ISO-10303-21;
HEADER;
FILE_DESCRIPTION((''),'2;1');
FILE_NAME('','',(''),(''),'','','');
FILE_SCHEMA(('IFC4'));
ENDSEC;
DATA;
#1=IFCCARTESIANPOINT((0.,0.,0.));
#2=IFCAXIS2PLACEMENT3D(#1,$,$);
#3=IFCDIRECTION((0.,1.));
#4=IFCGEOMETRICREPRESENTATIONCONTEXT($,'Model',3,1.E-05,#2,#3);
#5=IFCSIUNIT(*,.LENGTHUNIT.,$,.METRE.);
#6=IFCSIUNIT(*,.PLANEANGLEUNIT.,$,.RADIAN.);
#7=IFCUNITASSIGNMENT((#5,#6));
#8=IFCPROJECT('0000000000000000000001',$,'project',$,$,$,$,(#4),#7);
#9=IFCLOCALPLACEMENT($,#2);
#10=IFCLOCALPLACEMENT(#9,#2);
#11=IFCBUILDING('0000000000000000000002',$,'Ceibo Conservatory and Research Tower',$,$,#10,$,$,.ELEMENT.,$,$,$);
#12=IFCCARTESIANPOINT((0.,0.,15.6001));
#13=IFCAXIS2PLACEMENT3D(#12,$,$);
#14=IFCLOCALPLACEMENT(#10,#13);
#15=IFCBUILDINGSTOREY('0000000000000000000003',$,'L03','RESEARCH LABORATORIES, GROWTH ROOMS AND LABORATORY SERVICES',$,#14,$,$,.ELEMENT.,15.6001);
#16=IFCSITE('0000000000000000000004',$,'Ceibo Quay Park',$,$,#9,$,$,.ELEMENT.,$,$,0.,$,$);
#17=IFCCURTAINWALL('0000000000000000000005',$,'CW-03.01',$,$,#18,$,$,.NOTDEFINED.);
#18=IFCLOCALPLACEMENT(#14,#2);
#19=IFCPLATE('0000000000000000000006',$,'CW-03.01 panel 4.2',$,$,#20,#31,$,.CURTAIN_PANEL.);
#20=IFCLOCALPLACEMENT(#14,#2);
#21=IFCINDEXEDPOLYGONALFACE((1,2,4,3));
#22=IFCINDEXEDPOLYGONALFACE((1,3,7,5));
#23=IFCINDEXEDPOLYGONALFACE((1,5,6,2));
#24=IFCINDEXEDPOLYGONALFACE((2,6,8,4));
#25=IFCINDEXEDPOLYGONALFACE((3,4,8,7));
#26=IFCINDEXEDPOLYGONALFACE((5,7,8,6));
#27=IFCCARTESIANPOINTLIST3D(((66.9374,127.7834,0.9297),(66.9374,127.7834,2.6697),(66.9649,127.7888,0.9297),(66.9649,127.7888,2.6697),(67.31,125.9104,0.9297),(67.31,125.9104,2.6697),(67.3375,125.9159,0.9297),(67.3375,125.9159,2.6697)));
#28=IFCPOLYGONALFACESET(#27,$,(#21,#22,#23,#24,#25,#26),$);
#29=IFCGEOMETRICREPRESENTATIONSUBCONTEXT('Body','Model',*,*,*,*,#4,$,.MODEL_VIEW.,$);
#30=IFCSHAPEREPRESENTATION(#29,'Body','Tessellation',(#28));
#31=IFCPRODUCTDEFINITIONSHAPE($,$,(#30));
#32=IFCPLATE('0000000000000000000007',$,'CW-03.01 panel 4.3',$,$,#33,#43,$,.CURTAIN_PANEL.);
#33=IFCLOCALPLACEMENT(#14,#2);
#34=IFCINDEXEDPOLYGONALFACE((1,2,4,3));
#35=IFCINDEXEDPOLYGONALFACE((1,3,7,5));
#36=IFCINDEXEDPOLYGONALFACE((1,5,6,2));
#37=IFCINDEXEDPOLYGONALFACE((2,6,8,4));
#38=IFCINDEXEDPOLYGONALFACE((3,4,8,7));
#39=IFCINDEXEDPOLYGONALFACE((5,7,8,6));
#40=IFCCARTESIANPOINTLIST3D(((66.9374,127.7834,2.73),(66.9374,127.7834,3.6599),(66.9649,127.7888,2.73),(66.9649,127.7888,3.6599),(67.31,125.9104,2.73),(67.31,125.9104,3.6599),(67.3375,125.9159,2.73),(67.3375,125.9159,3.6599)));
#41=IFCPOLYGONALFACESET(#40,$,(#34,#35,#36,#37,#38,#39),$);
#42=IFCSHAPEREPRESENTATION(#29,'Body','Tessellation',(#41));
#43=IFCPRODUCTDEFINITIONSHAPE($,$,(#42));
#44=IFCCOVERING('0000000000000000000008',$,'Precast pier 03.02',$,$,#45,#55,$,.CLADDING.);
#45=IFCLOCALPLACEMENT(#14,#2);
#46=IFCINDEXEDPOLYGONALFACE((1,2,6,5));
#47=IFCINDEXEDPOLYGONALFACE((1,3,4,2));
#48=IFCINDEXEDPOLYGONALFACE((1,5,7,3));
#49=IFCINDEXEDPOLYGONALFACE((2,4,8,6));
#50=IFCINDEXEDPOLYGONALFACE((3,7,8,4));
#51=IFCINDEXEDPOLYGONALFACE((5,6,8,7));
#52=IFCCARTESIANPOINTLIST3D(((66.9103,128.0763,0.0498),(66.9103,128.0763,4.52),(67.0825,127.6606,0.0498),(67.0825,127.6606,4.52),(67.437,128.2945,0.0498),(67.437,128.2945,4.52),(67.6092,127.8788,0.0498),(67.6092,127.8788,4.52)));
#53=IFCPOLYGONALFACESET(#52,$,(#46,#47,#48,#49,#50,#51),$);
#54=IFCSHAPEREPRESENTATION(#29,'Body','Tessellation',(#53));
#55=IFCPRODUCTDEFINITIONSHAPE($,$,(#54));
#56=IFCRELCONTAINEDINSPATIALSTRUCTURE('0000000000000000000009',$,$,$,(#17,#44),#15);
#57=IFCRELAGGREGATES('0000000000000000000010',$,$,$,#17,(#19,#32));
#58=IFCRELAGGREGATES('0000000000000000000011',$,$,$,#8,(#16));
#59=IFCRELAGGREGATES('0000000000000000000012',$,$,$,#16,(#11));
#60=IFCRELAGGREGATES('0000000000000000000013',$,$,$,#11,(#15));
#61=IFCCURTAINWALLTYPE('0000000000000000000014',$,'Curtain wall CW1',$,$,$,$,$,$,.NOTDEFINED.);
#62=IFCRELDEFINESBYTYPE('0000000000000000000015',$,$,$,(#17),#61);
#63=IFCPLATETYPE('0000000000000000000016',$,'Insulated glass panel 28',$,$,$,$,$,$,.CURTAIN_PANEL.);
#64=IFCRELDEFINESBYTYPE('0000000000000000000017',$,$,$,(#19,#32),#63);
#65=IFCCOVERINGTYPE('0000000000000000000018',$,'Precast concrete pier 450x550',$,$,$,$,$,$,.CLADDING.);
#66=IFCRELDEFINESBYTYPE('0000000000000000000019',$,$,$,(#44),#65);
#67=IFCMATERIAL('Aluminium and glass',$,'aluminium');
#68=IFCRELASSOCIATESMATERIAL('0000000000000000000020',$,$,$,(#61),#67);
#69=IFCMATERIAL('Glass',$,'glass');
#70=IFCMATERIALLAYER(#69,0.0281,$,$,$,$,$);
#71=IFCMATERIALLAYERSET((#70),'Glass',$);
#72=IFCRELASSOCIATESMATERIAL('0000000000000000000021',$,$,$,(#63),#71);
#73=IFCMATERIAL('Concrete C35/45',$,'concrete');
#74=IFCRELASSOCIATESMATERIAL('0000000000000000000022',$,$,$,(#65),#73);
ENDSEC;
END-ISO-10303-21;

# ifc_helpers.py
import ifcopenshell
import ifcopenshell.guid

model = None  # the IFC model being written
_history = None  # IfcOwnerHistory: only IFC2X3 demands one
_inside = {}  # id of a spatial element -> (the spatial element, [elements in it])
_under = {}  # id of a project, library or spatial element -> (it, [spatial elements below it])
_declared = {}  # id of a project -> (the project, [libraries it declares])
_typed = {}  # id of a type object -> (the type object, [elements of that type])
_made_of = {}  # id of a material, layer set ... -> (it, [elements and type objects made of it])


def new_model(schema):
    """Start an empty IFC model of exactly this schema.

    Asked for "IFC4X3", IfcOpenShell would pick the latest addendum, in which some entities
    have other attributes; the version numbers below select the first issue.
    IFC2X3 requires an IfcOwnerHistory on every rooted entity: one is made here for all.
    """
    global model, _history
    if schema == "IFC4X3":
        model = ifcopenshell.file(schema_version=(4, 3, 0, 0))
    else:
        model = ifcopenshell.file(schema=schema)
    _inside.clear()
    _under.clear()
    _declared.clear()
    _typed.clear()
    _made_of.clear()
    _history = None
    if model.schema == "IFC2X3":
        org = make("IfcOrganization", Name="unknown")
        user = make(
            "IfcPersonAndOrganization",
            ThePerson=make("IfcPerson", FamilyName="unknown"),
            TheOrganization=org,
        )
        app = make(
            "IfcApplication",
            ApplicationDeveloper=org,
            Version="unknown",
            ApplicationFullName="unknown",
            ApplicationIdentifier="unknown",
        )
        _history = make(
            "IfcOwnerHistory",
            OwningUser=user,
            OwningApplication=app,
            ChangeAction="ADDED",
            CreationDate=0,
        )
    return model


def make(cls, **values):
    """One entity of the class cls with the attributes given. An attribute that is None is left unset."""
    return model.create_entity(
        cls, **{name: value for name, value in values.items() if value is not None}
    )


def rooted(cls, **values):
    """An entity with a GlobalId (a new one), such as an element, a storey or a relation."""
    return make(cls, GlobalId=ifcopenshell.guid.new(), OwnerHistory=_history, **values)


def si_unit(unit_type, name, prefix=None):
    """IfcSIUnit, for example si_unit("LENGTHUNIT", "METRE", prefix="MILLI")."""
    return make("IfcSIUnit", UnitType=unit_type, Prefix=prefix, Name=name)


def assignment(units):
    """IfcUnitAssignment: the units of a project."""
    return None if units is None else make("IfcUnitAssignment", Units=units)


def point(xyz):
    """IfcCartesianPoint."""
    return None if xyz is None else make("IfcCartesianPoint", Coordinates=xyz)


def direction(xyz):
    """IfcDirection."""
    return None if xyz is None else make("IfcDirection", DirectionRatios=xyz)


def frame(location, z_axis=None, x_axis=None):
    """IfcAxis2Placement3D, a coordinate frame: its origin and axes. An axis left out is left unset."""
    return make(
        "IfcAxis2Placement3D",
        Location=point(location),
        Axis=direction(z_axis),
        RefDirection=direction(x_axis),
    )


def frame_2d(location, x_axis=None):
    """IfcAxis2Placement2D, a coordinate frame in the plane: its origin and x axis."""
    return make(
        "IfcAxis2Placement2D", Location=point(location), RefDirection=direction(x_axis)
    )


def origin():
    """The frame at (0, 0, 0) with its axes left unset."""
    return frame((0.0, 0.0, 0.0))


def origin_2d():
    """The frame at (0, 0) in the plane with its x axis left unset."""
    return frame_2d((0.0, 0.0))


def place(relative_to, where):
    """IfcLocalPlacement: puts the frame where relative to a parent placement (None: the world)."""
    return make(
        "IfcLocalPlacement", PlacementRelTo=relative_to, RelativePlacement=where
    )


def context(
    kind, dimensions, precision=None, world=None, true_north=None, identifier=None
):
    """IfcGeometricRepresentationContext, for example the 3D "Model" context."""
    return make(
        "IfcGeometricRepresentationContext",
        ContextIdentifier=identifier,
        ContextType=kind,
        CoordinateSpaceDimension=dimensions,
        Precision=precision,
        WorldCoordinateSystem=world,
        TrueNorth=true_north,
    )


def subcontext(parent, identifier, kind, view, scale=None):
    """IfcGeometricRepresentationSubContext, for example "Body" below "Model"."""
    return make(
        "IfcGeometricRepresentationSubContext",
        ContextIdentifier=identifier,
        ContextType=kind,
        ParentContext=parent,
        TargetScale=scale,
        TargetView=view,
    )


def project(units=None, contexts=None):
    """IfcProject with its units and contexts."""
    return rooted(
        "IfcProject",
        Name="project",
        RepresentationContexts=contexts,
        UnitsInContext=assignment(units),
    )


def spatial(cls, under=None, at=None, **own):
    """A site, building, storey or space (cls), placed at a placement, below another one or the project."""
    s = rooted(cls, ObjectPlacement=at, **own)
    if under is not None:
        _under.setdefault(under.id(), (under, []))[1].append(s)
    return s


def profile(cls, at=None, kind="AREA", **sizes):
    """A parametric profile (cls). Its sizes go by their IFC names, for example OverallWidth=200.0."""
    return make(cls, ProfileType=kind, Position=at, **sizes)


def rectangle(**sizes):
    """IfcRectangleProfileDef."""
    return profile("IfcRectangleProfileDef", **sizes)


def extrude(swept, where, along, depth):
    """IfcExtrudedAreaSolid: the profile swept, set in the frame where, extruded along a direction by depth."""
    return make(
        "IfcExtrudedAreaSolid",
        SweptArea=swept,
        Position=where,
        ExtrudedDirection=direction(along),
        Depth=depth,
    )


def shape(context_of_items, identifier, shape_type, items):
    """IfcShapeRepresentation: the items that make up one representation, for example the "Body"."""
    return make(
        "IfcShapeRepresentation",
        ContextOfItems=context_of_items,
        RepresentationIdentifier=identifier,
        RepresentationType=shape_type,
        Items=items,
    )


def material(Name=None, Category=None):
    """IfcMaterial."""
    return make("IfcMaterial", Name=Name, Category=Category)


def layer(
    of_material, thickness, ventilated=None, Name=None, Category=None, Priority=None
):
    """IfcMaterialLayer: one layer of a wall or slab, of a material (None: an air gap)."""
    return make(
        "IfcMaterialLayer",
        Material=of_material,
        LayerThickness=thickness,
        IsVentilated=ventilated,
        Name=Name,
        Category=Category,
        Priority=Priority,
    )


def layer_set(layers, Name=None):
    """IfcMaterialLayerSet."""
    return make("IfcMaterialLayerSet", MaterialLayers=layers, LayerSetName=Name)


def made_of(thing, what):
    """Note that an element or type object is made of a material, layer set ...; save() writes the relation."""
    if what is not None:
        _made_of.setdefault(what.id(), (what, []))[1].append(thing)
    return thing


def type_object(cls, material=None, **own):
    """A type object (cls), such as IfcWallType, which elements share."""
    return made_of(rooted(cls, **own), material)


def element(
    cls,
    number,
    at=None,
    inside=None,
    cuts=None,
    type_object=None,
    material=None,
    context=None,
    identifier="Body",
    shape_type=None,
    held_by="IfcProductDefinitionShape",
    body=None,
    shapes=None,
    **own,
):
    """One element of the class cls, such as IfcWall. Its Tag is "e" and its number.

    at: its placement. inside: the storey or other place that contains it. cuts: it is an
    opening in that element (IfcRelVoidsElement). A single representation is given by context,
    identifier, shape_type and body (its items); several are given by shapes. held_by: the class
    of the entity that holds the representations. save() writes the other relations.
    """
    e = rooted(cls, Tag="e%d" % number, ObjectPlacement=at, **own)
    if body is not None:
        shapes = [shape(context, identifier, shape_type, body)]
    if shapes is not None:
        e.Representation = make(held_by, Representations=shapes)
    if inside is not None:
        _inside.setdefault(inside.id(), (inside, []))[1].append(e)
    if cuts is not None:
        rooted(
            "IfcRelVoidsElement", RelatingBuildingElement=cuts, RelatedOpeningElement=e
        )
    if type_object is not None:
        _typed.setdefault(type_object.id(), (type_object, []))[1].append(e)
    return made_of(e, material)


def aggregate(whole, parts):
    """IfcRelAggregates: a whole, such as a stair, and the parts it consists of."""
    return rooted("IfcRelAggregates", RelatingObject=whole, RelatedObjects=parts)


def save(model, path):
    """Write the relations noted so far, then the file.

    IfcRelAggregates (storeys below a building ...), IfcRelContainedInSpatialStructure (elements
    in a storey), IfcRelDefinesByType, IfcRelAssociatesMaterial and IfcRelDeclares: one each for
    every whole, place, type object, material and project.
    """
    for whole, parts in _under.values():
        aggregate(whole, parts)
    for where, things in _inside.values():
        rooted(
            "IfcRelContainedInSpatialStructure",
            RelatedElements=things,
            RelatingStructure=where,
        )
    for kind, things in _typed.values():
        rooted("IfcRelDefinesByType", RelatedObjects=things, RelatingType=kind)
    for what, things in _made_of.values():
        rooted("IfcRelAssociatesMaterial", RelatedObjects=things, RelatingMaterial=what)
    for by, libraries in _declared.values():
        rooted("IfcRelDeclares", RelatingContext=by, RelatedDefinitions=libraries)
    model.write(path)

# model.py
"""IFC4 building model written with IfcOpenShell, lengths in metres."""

from ifc_helpers import new_model, si_unit, direction, frame, origin, origin_2d, place, context, subcontext, project, spatial, rectangle, extrude, material, layer, layer_set, type_object, element, aggregate, save


model = new_model("IFC4")

# Units and contexts
model_context = context("Model", 3, precision=1e-05, world=origin(), true_north=direction((0.0, 1.0)))
body_context = subcontext(model_context, "Body", "Model", "MODEL_VIEW")
ifc_project = project(units=[si_unit("LENGTHUNIT", "METRE"), si_unit("PLANEANGLEUNIT", "RADIAN")], contexts=[model_context])

# Site, building, storey
site_placement = place(None, origin())
site = spatial("IfcSite", under=ifc_project, at=site_placement, Name="Ceibo Quay Park", CompositionType="ELEMENT", RefElevation=0.0)
building_placement = place(site_placement, origin())
building = spatial("IfcBuilding", under=site, at=building_placement, Name="Ceibo Conservatory and Research Tower", CompositionType="ELEMENT")
storey_placement = place(building_placement, frame((0.0, 0.0, 15.6001)))
storey = spatial("IfcBuildingStorey", under=building, at=storey_placement, Name="L03", Description="RESEARCH LABORATORIES, GROWTH ROOMS AND LABORATORY SERVICES", CompositionType="ELEMENT", Elevation=15.6001)

# Curtain wall
ifc_material_1 = material(Name="Aluminium and glass", Category="aluminium")
curtain_wall_type = type_object("IfcCurtainWallType", Name="Curtain wall CW1", PredefinedType="NOTDEFINED", material=ifc_material_1)
curtain_wall_placement = place(storey_placement, origin())
curtain_wall = element("IfcCurtainWall", 1, at=curtain_wall_placement, inside=storey, type_object=curtain_wall_type, Name="CW-03.01", PredefinedType="NOTDEFINED")

# Shared definitions
ifc_material_2 = material(Name="Concrete C35/45", Category="concrete")

# Plates
ifc_material_3 = material(Name="Glass", Category="glass")
ifc_layer = layer(ifc_material_3, 0.0281)
ifc_layer_set = layer_set([ifc_layer], Name="Glass")
plate_type = type_object("IfcPlateType", Name="Insulated glass panel 28", PredefinedType="CURTAIN_PANEL", material=ifc_layer_set)
plate_1_placement = place(storey_placement, frame((67.1375, 126.8496, 0.9297), z_axis=(0.0, 0.0, 1.0), x_axis=(-0.19509, 0.980785, 0.0)))
plate_1 = element("IfcPlate", 2, at=plate_1_placement, type_object=plate_type, Name="CW-03.01 panel 4.2", PredefinedType="CURTAIN_PANEL", context=body_context, shape_type="SweptSolid", body=[
    extrude(rectangle(XDim=1.9097, YDim=0.0281, at=origin_2d()), origin(), (0.0, 0.0, 1.0), 1.74),
])
plate_2_placement = place(storey_placement, frame((67.1375, 126.8496, 2.73), z_axis=(0.0, 0.0, 1.0), x_axis=(-0.19509, 0.980785, 0.0)))
plate_2 = element("IfcPlate", 3, at=plate_2_placement, type_object=plate_type, Name="CW-03.01 panel 4.3", PredefinedType="CURTAIN_PANEL", context=body_context, shape_type="SweptSolid", body=[
    extrude(rectangle(XDim=1.9097, YDim=0.0281, at=origin_2d()), origin(), (0.0, 0.0, 1.0), 0.9299),
])
aggregate(curtain_wall, [plate_1, plate_2])

# Covering
covering_type = type_object("IfcCoveringType", Name="Precast concrete pier 450x550", PredefinedType="CLADDING", material=ifc_material_2)
covering_placement = place(storey_placement, frame((67.2598, 127.9775, 0.0498), z_axis=(0.0, 0.0, 1.0), x_axis=(0.92388, 0.382683, 0.0)))
element("IfcCovering", 4, at=covering_placement, inside=storey, type_object=covering_type, Name="Precast pier 03.02", PredefinedType="CLADDING", context=body_context, shape_type="SweptSolid", body=[
    extrude(rectangle(XDim=0.5701, YDim=0.45, at=origin_2d()), origin(), (0.0, 0.0, 1.0), 4.4702),
])

save(model, "model.ifc")
